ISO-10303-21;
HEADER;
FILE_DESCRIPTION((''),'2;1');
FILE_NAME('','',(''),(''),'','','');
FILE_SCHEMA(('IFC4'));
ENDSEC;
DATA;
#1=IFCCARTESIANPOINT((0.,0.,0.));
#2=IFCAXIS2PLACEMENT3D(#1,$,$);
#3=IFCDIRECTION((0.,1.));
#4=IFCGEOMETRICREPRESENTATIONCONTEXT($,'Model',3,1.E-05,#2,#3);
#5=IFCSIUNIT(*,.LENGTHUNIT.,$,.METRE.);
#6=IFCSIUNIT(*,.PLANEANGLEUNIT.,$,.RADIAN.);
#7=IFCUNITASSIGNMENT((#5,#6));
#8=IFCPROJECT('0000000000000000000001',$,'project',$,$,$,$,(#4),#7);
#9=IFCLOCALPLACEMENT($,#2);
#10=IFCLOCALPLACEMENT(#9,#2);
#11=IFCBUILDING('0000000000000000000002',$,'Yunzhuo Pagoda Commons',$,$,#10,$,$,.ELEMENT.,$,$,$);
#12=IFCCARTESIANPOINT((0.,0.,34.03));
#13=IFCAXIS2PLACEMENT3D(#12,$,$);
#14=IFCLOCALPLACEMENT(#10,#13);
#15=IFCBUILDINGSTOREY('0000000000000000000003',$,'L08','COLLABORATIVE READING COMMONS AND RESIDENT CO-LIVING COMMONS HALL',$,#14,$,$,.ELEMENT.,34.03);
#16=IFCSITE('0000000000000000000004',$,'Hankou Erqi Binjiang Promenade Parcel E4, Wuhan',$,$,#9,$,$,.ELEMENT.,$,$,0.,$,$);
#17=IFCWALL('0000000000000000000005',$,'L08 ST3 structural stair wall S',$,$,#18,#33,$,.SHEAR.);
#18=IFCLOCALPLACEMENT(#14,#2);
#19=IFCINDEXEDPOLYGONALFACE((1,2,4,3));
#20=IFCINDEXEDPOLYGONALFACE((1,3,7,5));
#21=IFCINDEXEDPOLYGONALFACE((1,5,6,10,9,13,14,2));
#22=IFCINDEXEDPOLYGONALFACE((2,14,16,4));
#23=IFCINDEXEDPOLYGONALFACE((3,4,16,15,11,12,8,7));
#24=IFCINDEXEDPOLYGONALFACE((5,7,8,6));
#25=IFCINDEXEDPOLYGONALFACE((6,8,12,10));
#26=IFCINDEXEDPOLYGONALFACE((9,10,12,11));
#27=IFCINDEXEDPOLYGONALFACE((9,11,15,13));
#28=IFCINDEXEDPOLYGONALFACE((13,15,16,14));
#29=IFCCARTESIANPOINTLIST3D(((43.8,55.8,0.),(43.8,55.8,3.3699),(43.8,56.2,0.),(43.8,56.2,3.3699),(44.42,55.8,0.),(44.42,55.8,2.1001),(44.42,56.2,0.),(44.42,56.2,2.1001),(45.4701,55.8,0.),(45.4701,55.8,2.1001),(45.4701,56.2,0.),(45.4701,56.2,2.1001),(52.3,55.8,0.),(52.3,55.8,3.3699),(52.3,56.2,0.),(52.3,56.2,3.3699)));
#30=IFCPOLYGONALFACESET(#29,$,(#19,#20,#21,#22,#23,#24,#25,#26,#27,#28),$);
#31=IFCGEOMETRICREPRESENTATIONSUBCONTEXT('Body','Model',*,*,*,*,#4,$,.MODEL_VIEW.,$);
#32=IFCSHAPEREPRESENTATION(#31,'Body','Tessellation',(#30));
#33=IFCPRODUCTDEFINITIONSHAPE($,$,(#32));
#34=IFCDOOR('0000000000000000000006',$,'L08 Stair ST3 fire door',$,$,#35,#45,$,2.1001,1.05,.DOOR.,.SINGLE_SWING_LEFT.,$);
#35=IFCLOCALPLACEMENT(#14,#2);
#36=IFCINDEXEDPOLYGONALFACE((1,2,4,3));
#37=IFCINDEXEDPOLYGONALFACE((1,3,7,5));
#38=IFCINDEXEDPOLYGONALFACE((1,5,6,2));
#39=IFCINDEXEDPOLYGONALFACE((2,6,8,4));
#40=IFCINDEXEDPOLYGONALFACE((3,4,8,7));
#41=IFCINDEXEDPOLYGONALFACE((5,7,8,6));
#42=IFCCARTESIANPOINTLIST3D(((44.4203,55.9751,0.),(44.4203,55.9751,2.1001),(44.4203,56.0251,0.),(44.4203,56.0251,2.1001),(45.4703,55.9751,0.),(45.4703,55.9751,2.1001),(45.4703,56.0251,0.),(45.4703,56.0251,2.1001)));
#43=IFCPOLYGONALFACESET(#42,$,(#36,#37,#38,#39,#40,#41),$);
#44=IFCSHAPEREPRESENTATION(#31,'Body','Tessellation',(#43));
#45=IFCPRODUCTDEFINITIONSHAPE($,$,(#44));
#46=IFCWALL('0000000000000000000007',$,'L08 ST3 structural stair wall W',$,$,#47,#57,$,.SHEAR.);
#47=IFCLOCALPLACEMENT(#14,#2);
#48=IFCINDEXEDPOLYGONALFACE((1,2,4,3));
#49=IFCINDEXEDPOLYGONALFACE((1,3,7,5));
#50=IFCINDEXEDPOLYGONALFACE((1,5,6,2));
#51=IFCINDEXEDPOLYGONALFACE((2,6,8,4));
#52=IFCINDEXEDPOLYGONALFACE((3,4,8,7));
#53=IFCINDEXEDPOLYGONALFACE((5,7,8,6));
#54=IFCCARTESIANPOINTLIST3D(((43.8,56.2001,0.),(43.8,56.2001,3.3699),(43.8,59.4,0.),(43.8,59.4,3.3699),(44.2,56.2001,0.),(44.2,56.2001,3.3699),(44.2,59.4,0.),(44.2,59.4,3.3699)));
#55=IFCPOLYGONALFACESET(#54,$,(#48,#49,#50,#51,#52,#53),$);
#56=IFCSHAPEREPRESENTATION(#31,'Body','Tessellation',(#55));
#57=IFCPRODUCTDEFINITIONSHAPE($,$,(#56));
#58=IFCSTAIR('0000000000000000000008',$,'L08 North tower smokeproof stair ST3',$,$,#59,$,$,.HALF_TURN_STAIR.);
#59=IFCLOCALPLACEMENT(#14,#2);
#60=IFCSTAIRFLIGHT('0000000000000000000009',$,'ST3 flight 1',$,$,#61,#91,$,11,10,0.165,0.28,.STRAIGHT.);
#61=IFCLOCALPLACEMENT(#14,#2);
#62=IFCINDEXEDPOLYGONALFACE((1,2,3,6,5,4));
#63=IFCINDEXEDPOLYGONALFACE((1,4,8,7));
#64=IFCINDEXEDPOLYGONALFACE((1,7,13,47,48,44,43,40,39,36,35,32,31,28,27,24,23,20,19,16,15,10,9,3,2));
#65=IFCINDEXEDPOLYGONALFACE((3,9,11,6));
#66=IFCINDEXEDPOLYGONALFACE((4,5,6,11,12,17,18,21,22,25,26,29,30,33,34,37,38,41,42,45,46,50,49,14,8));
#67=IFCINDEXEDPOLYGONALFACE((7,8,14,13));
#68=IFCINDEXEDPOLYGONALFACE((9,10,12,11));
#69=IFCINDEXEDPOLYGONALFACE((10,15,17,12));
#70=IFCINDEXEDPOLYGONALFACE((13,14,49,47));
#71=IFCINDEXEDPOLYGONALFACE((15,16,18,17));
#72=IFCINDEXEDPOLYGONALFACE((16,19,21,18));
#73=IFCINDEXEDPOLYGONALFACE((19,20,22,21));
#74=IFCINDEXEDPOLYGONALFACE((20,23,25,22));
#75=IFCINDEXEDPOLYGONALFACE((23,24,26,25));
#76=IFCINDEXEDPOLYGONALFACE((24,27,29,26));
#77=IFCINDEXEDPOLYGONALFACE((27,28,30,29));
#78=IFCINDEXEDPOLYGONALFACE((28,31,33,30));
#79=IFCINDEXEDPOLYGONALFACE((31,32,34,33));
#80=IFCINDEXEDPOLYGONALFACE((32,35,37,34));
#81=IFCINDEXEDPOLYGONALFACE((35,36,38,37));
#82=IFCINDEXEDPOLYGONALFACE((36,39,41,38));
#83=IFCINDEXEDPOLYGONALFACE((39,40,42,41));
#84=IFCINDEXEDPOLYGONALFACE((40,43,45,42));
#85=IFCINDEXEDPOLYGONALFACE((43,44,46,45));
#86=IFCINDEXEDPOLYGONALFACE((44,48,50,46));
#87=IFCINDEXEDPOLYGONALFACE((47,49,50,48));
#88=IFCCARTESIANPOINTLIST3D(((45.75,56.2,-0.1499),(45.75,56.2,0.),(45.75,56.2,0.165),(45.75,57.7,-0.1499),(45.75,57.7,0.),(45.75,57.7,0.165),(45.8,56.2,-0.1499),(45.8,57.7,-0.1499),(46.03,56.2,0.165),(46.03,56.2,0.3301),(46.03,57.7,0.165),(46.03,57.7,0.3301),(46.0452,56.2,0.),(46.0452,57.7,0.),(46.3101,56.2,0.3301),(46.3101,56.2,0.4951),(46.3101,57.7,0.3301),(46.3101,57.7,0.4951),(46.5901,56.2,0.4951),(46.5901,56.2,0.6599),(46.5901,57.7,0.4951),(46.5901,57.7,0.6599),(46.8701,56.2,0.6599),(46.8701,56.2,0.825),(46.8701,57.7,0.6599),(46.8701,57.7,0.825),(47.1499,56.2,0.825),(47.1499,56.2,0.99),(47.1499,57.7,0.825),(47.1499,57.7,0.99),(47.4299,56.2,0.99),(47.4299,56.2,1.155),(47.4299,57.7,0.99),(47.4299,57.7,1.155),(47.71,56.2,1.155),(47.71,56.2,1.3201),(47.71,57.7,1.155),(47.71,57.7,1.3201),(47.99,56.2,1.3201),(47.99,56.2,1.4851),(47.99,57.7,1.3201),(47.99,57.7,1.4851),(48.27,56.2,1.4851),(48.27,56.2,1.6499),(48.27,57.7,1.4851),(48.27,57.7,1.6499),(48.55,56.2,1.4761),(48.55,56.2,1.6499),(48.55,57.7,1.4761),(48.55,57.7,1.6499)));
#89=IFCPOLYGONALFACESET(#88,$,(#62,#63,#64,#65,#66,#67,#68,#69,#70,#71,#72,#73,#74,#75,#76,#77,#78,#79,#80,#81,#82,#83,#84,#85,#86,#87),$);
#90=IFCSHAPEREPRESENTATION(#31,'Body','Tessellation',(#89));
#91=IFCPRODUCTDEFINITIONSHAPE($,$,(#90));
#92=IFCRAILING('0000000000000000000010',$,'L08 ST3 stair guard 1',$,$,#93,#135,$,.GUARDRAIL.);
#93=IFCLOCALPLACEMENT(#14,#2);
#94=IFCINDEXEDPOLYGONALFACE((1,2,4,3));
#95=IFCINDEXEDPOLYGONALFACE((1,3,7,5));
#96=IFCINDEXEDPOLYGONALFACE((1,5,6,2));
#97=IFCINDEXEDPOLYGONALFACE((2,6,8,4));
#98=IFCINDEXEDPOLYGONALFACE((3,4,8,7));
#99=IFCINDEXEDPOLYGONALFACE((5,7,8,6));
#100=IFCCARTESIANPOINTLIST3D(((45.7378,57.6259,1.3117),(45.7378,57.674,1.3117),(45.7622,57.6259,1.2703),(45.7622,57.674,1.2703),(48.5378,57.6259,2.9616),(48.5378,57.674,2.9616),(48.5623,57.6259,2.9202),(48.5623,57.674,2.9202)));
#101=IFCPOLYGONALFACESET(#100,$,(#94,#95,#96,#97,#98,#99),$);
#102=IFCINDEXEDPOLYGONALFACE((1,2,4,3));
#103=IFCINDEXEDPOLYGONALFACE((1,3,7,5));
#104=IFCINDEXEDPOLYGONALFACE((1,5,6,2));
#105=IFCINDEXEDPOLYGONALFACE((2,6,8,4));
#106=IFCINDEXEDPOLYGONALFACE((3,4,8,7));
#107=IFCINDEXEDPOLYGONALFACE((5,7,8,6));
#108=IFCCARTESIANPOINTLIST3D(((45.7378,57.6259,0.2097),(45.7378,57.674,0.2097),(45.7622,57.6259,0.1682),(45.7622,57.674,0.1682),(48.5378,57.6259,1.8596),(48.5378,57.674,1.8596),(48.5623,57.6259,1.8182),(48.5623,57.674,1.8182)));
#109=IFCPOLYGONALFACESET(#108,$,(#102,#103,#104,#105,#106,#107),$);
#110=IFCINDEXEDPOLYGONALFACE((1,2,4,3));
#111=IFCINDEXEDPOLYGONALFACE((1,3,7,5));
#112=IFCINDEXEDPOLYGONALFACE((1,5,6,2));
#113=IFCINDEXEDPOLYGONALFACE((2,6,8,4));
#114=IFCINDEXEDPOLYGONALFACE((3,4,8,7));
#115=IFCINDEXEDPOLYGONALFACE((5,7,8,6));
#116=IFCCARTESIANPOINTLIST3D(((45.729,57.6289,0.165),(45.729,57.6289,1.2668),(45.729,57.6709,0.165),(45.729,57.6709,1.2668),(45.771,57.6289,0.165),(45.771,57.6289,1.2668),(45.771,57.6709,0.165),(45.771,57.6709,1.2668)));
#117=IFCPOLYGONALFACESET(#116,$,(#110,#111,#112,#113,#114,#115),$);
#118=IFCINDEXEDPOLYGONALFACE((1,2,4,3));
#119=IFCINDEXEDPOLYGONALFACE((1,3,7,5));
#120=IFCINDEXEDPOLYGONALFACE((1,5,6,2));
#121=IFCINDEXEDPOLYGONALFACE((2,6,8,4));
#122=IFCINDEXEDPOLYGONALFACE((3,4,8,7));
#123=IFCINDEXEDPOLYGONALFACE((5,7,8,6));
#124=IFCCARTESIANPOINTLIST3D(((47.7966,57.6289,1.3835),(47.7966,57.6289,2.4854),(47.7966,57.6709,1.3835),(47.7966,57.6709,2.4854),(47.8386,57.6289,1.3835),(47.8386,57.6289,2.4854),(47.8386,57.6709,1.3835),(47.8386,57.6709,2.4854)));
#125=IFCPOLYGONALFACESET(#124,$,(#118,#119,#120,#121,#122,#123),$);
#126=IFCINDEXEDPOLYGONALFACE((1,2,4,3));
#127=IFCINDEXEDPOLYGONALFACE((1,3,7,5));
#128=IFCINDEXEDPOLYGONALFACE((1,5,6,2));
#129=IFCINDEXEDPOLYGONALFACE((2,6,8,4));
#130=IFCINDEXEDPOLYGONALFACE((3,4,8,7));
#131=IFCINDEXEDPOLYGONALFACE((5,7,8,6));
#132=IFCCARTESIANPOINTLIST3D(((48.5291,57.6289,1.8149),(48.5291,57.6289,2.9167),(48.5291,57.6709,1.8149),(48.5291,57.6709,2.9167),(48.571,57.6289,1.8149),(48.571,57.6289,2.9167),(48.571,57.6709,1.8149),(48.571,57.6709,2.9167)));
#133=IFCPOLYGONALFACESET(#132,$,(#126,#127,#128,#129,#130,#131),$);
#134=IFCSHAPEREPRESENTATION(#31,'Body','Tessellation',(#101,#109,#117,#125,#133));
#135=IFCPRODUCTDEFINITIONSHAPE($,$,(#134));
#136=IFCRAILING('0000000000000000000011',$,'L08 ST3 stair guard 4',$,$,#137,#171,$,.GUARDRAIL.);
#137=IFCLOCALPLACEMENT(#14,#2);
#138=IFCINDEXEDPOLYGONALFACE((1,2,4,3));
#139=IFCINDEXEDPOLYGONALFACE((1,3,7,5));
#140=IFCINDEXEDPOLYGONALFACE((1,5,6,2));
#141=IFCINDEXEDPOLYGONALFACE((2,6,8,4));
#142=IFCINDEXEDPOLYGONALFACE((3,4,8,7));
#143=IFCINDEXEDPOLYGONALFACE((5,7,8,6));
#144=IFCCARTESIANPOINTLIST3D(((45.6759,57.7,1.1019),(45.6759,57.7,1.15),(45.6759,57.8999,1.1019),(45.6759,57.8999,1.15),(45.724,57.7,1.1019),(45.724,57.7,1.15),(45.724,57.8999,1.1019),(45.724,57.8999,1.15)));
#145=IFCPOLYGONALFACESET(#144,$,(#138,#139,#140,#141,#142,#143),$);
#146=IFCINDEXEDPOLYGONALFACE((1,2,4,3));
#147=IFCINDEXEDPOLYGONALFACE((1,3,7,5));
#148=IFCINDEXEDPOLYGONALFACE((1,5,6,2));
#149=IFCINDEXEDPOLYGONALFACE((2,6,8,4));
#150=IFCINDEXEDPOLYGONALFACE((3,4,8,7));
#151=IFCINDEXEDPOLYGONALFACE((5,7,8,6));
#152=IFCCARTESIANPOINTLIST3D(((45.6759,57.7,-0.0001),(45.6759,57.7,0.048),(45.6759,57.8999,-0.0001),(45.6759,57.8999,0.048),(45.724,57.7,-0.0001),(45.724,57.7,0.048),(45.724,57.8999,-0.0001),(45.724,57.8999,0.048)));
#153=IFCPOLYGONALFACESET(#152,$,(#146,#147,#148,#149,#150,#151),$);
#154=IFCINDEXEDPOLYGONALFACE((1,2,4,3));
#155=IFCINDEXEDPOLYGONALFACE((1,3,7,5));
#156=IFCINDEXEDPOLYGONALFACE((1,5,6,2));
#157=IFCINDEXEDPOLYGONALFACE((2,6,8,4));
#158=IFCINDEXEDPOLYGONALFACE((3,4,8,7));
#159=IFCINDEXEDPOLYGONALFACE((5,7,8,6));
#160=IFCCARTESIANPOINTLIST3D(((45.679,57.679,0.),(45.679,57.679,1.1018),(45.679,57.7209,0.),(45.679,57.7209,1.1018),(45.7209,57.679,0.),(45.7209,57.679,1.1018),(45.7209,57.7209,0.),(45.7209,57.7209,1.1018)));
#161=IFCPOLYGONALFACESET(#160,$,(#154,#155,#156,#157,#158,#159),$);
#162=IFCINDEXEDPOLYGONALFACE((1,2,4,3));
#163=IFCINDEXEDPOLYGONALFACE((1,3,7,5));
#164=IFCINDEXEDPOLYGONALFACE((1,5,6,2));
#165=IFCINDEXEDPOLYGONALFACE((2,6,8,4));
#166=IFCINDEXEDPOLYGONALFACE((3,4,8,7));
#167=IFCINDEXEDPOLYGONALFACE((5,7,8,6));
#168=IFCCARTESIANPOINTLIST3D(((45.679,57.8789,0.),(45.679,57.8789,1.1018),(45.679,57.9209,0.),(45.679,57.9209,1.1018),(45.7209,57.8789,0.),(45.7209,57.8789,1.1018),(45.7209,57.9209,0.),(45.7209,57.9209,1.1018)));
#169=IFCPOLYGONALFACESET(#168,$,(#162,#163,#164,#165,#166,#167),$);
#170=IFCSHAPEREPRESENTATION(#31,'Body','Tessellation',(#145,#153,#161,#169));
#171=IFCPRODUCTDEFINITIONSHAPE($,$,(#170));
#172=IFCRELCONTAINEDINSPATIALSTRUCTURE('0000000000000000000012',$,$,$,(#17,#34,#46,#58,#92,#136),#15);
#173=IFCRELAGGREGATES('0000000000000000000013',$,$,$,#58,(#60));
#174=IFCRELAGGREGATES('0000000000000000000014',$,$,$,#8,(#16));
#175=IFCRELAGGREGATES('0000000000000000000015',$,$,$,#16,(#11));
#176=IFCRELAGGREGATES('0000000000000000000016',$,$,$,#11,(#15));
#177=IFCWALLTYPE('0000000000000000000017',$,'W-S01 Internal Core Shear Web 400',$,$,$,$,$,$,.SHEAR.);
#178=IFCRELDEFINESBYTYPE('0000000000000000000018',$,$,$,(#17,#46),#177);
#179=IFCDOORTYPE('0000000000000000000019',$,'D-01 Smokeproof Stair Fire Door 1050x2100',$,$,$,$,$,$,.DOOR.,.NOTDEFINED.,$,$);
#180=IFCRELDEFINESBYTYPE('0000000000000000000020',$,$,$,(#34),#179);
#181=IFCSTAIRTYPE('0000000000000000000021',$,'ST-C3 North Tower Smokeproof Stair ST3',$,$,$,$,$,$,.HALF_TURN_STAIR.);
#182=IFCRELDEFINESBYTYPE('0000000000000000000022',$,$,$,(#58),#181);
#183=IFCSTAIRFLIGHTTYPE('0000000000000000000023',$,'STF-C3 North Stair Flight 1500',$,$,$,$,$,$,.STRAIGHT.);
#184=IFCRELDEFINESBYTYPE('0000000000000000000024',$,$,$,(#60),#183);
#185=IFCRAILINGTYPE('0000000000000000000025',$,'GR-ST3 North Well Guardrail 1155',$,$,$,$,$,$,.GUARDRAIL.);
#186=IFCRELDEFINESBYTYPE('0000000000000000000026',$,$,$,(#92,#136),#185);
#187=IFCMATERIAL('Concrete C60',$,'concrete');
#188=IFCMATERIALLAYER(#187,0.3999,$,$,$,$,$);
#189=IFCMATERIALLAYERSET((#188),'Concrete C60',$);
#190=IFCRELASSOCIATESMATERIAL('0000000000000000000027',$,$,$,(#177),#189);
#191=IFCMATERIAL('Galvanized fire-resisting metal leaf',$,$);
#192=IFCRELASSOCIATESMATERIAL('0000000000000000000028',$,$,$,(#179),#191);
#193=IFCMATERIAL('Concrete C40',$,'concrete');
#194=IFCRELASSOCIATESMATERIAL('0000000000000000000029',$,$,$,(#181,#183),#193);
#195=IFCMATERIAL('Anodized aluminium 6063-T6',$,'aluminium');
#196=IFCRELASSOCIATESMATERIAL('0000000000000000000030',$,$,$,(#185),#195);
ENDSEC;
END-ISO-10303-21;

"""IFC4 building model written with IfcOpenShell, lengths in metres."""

from ifc_helpers import new_model, si_unit, direction, frame, frame_2d, origin, origin_2d, place, context, subcontext, project, spatial, polyline, rectangle, outline, extrude, source, transform, mapped, material, layer, layer_set, type_object, element, fill, aggregate, save


model = new_model("IFC4")

# Units and contexts
model_context = context("Model", 3, precision=1e-05, world=origin(), true_north=direction((0.0, 1.0)))
body_context = subcontext(model_context, "Body", "Model", "MODEL_VIEW")
ifc_project = project(units=[si_unit("LENGTHUNIT", "METRE"), si_unit("PLANEANGLEUNIT", "RADIAN")], contexts=[model_context])

# Site, building, storey
site_placement = place(None, origin())
site = spatial("IfcSite", under=ifc_project, at=site_placement, Name="Hankou Erqi Binjiang Promenade Parcel E4, Wuhan", CompositionType="ELEMENT", RefElevation=0.0)
building_placement = place(site_placement, origin())
building = spatial("IfcBuilding", under=site, at=building_placement, Name="Yunzhuo Pagoda Commons", CompositionType="ELEMENT")
storey_placement = place(building_placement, frame((0.0, 0.0, 34.03)))
storey = spatial("IfcBuildingStorey", under=building, at=storey_placement, Name="L08", Description="COLLABORATIVE READING COMMONS AND RESIDENT CO-LIVING COMMONS HALL", CompositionType="ELEMENT", Elevation=34.03)

# Shared definitions
ifc_material_1 = material(Name="Anodized aluminium 6063-T6", Category="aluminium")

# Shared definitions
ifc_material_2 = material(Name="Concrete C60", Category="concrete")
ifc_layer_1 = layer(ifc_material_2, 0.3999)
ifc_layer_set_1 = layer_set([ifc_layer_1], Name="Concrete C60")
wall_type = type_object("IfcWallType", Name="W-S01 Internal Core Shear Web 400", PredefinedType="SHEAR", material=ifc_layer_set_1)

# Wall, opening, door
wall_1_placement = place(storey_placement, frame((43.8, 56.0, 0.0), z_axis=(0.0, 0.0, 1.0), x_axis=(1.0, 0.0, 0.0)))
wall_1 = element("IfcWall", 1, at=wall_1_placement, inside=storey, type_object=wall_type, Name="L08 ST3 structural stair wall S", PredefinedType="SHEAR", context=body_context, shape_type="SweptSolid", body=[
    extrude(rectangle(XDim=8.5, YDim=0.3999, at=frame_2d((4.25, 0.0))), origin(), (0.0, 0.0, 1.0), 3.3699),
])
opening_placement = place(wall_1_placement, frame((0.6201, 0.0, 0.0)))
opening = element("IfcOpeningElement", 2, at=opening_placement, cuts=wall_1, PredefinedType="OPENING", context=body_context, shape_type="SweptSolid", body=[
    extrude(rectangle(XDim=1.05, YDim=2.1001, at=frame_2d((0.5249, 1.05))), frame((0.0, 0.21, 0.0), z_axis=(0.0, -1.0, 0.0), x_axis=(1.0, 0.0, 0.0)), (0.0, 0.0, 1.0), 0.4199),
])
ifc_material_3 = material(Name="Galvanized fire-resisting metal leaf")
door_type = type_object("IfcDoorType", Name="D-01 Smokeproof Stair Fire Door 1050x2100", OperationType="NOTDEFINED", PredefinedType="DOOR", material=ifc_material_3)
shared_shape_1 = source(origin(), body_context, "Body", "SweptSolid", [
    extrude(rectangle(XDim=1.05, YDim=2.1001, at=frame_2d((0.5249, 1.05))), frame((0.0, 0.0249, 0.0), z_axis=(0.0, -1.0, 0.0), x_axis=(1.0, 0.0, 0.0)), (0.0, 0.0, 1.0), 0.05),
])
door_placement = place(opening_placement, frame((1.05, 0.0, 0.0), z_axis=(0.0, 0.0, 1.0), x_axis=(-1.0, 0.0, 0.0)))
door = element("IfcDoor", 3, at=door_placement, inside=storey, type_object=door_type, Name="L08 Stair ST3 fire door", OperationType="SINGLE_SWING_LEFT", OverallHeight=2.1001, OverallWidth=1.05, PredefinedType="DOOR", context=body_context, shape_type="MappedRepresentation", body=[
    mapped(shared_shape_1, transform((0.0, 0.0, 0.0), scale=1.0)),
])
fill(opening, door)

# Wall
wall_2_placement = place(storey_placement, frame((44.0, 56.2, 0.0), z_axis=(0.0, 0.0, 1.0), x_axis=(0.0, 1.0, 0.0)))
element("IfcWall", 4, at=wall_2_placement, inside=storey, type_object=wall_type, Name="L08 ST3 structural stair wall W", PredefinedType="SHEAR", context=body_context, shape_type="SweptSolid", body=[
    extrude(rectangle(XDim=3.2, YDim=0.3999, at=frame_2d((1.6001, 0.0))), origin(), (0.0, 0.0, 1.0), 3.3699),
])

# Stair, stair flight
ifc_material_4 = material(Name="Concrete C40", Category="concrete")
stair_type = type_object("IfcStairType", Name="ST-C3 North Tower Smokeproof Stair ST3", PredefinedType="HALF_TURN_STAIR", material=ifc_material_4)
stair_placement = place(storey_placement, origin())
stair = element("IfcStair", 5, at=stair_placement, inside=storey, type_object=stair_type, Name="L08 North tower smokeproof stair ST3", PredefinedType="HALF_TURN_STAIR")
stair_flight_type = type_object("IfcStairFlightType", Name="STF-C3 North Stair Flight 1500", PredefinedType="STRAIGHT", material=ifc_material_4)
shared_shape_2 = source(origin(), body_context, "Body", "SweptSolid", [
    extrude(outline(polyline([(0.0, -0.1499), (0.0, 0.0), (0.0, 0.165), (0.28, 0.165), (0.28, 0.3301), (0.5601, 0.3301), (0.5601, 0.4951), (0.8401, 0.4951), (0.8401, 0.6599), (1.1201, 0.6599), (1.1201, 0.825), (1.3999, 0.825), (1.3999, 0.99), (1.6799, 0.99), (1.6799, 1.155), (1.96, 1.155), (1.96, 1.3201), (2.24, 1.3201), (2.24, 1.4851), (2.52, 1.4851), (2.52, 1.6499), (2.8, 1.6499), (2.8, 1.8149), (2.8, 1.4761), (0.2952, 0.0), (0.05, -0.1499), (0.0, -0.1499)])), frame((0.0, 0.75, 0.0), z_axis=(0.0, -1.0, 0.0), x_axis=(1.0, 0.0, 0.0)), (0.0, 0.0, 1.0), 1.5),
])
stair_flight_placement = place(storey_placement, frame((45.75, 56.95, 0.0), z_axis=(0.0, 0.0, 1.0), x_axis=(1.0, 0.0, 0.0)))
stair_flight = element("IfcStairFlight", 6, at=stair_flight_placement, type_object=stair_flight_type, Name="ST3 flight 1", NumberOfRisers=11, NumberOfTreads=10, PredefinedType="STRAIGHT", RiserHeight=0.165, TreadLength=0.28, context=body_context, shape_type="MappedRepresentation", body=[
    mapped(shared_shape_2, transform((0.0, 0.0, 0.0), scale=1.0)),
])
aggregate(stair, [stair_flight])

# Railings
railing_type_1 = type_object("IfcRailingType", Name="GR-ST3 North Well Guardrail 1155", PredefinedType="GUARDRAIL", material=ifc_material_1)
railing_1_placement = place(storey_placement, frame((45.75, 57.6499, 0.165)))
element("IfcRailing", 7, at=railing_1_placement, inside=storey, type_object=railing_type_1, Name="L08 ST3 stair guard 1", PredefinedType="GUARDRAIL", context=body_context, shape_type="SweptSolid", body=[
    extrude(rectangle(XDim=0.0481, YDim=0.0481, at=origin_2d()), frame((0.0, 0.0, 1.126), z_axis=(0.861555, 0.0, 0.507663), x_axis=(0.0, 1.0, 0.0)), (0.0, 0.0, 1.0), 3.25),
    extrude(rectangle(XDim=0.0481, YDim=0.0481, at=origin_2d()), frame((0.0, 0.0, 0.0239), z_axis=(0.861555, 0.0, 0.507663), x_axis=(0.0, 1.0, 0.0)), (0.0, 0.0, 1.0), 3.25),
    extrude(rectangle(XDim=0.042, YDim=0.042, at=origin_2d()), origin(), (0.0, 0.0, 1.0), 1.1018),
    extrude(rectangle(XDim=0.042, YDim=0.042, at=origin_2d()), frame((2.0676, 0.0, 1.2185)), (0.0, 0.0, 1.0), 1.1018),
    extrude(rectangle(XDim=0.042, YDim=0.042, at=origin_2d()), frame((2.8, 0.0, 1.6499)), (0.0, 0.0, 1.0), 1.1018),
])
railing_2_placement = place(storey_placement, frame((45.7, 57.7, 0.0)))
element("IfcRailing", 8, at=railing_2_placement, inside=storey, type_object=railing_type_1, Name="L08 ST3 stair guard 4", PredefinedType="GUARDRAIL", context=body_context, shape_type="SweptSolid", body=[
    extrude(rectangle(XDim=0.0481, YDim=0.0481, at=origin_2d()), frame((0.0, 0.0, 1.126), z_axis=(0.0, 1.0, 0.0), x_axis=(-1.0, 0.0, 0.0)), (0.0, 0.0, 1.0), 0.2),
    extrude(rectangle(XDim=0.0481, YDim=0.0481, at=origin_2d()), frame((0.0, 0.0, 0.0239), z_axis=(0.0, 1.0, 0.0), x_axis=(-1.0, 0.0, 0.0)), (0.0, 0.0, 1.0), 0.2),
    extrude(rectangle(XDim=0.042, YDim=0.042, at=origin_2d()), origin(), (0.0, 0.0, 1.0), 1.1018),
    extrude(rectangle(XDim=0.042, YDim=0.042, at=origin_2d()), frame((0.0, 0.2, 0.0)), (0.0, 0.0, 1.0), 1.1018),
])

save(model, "model.ifc")
